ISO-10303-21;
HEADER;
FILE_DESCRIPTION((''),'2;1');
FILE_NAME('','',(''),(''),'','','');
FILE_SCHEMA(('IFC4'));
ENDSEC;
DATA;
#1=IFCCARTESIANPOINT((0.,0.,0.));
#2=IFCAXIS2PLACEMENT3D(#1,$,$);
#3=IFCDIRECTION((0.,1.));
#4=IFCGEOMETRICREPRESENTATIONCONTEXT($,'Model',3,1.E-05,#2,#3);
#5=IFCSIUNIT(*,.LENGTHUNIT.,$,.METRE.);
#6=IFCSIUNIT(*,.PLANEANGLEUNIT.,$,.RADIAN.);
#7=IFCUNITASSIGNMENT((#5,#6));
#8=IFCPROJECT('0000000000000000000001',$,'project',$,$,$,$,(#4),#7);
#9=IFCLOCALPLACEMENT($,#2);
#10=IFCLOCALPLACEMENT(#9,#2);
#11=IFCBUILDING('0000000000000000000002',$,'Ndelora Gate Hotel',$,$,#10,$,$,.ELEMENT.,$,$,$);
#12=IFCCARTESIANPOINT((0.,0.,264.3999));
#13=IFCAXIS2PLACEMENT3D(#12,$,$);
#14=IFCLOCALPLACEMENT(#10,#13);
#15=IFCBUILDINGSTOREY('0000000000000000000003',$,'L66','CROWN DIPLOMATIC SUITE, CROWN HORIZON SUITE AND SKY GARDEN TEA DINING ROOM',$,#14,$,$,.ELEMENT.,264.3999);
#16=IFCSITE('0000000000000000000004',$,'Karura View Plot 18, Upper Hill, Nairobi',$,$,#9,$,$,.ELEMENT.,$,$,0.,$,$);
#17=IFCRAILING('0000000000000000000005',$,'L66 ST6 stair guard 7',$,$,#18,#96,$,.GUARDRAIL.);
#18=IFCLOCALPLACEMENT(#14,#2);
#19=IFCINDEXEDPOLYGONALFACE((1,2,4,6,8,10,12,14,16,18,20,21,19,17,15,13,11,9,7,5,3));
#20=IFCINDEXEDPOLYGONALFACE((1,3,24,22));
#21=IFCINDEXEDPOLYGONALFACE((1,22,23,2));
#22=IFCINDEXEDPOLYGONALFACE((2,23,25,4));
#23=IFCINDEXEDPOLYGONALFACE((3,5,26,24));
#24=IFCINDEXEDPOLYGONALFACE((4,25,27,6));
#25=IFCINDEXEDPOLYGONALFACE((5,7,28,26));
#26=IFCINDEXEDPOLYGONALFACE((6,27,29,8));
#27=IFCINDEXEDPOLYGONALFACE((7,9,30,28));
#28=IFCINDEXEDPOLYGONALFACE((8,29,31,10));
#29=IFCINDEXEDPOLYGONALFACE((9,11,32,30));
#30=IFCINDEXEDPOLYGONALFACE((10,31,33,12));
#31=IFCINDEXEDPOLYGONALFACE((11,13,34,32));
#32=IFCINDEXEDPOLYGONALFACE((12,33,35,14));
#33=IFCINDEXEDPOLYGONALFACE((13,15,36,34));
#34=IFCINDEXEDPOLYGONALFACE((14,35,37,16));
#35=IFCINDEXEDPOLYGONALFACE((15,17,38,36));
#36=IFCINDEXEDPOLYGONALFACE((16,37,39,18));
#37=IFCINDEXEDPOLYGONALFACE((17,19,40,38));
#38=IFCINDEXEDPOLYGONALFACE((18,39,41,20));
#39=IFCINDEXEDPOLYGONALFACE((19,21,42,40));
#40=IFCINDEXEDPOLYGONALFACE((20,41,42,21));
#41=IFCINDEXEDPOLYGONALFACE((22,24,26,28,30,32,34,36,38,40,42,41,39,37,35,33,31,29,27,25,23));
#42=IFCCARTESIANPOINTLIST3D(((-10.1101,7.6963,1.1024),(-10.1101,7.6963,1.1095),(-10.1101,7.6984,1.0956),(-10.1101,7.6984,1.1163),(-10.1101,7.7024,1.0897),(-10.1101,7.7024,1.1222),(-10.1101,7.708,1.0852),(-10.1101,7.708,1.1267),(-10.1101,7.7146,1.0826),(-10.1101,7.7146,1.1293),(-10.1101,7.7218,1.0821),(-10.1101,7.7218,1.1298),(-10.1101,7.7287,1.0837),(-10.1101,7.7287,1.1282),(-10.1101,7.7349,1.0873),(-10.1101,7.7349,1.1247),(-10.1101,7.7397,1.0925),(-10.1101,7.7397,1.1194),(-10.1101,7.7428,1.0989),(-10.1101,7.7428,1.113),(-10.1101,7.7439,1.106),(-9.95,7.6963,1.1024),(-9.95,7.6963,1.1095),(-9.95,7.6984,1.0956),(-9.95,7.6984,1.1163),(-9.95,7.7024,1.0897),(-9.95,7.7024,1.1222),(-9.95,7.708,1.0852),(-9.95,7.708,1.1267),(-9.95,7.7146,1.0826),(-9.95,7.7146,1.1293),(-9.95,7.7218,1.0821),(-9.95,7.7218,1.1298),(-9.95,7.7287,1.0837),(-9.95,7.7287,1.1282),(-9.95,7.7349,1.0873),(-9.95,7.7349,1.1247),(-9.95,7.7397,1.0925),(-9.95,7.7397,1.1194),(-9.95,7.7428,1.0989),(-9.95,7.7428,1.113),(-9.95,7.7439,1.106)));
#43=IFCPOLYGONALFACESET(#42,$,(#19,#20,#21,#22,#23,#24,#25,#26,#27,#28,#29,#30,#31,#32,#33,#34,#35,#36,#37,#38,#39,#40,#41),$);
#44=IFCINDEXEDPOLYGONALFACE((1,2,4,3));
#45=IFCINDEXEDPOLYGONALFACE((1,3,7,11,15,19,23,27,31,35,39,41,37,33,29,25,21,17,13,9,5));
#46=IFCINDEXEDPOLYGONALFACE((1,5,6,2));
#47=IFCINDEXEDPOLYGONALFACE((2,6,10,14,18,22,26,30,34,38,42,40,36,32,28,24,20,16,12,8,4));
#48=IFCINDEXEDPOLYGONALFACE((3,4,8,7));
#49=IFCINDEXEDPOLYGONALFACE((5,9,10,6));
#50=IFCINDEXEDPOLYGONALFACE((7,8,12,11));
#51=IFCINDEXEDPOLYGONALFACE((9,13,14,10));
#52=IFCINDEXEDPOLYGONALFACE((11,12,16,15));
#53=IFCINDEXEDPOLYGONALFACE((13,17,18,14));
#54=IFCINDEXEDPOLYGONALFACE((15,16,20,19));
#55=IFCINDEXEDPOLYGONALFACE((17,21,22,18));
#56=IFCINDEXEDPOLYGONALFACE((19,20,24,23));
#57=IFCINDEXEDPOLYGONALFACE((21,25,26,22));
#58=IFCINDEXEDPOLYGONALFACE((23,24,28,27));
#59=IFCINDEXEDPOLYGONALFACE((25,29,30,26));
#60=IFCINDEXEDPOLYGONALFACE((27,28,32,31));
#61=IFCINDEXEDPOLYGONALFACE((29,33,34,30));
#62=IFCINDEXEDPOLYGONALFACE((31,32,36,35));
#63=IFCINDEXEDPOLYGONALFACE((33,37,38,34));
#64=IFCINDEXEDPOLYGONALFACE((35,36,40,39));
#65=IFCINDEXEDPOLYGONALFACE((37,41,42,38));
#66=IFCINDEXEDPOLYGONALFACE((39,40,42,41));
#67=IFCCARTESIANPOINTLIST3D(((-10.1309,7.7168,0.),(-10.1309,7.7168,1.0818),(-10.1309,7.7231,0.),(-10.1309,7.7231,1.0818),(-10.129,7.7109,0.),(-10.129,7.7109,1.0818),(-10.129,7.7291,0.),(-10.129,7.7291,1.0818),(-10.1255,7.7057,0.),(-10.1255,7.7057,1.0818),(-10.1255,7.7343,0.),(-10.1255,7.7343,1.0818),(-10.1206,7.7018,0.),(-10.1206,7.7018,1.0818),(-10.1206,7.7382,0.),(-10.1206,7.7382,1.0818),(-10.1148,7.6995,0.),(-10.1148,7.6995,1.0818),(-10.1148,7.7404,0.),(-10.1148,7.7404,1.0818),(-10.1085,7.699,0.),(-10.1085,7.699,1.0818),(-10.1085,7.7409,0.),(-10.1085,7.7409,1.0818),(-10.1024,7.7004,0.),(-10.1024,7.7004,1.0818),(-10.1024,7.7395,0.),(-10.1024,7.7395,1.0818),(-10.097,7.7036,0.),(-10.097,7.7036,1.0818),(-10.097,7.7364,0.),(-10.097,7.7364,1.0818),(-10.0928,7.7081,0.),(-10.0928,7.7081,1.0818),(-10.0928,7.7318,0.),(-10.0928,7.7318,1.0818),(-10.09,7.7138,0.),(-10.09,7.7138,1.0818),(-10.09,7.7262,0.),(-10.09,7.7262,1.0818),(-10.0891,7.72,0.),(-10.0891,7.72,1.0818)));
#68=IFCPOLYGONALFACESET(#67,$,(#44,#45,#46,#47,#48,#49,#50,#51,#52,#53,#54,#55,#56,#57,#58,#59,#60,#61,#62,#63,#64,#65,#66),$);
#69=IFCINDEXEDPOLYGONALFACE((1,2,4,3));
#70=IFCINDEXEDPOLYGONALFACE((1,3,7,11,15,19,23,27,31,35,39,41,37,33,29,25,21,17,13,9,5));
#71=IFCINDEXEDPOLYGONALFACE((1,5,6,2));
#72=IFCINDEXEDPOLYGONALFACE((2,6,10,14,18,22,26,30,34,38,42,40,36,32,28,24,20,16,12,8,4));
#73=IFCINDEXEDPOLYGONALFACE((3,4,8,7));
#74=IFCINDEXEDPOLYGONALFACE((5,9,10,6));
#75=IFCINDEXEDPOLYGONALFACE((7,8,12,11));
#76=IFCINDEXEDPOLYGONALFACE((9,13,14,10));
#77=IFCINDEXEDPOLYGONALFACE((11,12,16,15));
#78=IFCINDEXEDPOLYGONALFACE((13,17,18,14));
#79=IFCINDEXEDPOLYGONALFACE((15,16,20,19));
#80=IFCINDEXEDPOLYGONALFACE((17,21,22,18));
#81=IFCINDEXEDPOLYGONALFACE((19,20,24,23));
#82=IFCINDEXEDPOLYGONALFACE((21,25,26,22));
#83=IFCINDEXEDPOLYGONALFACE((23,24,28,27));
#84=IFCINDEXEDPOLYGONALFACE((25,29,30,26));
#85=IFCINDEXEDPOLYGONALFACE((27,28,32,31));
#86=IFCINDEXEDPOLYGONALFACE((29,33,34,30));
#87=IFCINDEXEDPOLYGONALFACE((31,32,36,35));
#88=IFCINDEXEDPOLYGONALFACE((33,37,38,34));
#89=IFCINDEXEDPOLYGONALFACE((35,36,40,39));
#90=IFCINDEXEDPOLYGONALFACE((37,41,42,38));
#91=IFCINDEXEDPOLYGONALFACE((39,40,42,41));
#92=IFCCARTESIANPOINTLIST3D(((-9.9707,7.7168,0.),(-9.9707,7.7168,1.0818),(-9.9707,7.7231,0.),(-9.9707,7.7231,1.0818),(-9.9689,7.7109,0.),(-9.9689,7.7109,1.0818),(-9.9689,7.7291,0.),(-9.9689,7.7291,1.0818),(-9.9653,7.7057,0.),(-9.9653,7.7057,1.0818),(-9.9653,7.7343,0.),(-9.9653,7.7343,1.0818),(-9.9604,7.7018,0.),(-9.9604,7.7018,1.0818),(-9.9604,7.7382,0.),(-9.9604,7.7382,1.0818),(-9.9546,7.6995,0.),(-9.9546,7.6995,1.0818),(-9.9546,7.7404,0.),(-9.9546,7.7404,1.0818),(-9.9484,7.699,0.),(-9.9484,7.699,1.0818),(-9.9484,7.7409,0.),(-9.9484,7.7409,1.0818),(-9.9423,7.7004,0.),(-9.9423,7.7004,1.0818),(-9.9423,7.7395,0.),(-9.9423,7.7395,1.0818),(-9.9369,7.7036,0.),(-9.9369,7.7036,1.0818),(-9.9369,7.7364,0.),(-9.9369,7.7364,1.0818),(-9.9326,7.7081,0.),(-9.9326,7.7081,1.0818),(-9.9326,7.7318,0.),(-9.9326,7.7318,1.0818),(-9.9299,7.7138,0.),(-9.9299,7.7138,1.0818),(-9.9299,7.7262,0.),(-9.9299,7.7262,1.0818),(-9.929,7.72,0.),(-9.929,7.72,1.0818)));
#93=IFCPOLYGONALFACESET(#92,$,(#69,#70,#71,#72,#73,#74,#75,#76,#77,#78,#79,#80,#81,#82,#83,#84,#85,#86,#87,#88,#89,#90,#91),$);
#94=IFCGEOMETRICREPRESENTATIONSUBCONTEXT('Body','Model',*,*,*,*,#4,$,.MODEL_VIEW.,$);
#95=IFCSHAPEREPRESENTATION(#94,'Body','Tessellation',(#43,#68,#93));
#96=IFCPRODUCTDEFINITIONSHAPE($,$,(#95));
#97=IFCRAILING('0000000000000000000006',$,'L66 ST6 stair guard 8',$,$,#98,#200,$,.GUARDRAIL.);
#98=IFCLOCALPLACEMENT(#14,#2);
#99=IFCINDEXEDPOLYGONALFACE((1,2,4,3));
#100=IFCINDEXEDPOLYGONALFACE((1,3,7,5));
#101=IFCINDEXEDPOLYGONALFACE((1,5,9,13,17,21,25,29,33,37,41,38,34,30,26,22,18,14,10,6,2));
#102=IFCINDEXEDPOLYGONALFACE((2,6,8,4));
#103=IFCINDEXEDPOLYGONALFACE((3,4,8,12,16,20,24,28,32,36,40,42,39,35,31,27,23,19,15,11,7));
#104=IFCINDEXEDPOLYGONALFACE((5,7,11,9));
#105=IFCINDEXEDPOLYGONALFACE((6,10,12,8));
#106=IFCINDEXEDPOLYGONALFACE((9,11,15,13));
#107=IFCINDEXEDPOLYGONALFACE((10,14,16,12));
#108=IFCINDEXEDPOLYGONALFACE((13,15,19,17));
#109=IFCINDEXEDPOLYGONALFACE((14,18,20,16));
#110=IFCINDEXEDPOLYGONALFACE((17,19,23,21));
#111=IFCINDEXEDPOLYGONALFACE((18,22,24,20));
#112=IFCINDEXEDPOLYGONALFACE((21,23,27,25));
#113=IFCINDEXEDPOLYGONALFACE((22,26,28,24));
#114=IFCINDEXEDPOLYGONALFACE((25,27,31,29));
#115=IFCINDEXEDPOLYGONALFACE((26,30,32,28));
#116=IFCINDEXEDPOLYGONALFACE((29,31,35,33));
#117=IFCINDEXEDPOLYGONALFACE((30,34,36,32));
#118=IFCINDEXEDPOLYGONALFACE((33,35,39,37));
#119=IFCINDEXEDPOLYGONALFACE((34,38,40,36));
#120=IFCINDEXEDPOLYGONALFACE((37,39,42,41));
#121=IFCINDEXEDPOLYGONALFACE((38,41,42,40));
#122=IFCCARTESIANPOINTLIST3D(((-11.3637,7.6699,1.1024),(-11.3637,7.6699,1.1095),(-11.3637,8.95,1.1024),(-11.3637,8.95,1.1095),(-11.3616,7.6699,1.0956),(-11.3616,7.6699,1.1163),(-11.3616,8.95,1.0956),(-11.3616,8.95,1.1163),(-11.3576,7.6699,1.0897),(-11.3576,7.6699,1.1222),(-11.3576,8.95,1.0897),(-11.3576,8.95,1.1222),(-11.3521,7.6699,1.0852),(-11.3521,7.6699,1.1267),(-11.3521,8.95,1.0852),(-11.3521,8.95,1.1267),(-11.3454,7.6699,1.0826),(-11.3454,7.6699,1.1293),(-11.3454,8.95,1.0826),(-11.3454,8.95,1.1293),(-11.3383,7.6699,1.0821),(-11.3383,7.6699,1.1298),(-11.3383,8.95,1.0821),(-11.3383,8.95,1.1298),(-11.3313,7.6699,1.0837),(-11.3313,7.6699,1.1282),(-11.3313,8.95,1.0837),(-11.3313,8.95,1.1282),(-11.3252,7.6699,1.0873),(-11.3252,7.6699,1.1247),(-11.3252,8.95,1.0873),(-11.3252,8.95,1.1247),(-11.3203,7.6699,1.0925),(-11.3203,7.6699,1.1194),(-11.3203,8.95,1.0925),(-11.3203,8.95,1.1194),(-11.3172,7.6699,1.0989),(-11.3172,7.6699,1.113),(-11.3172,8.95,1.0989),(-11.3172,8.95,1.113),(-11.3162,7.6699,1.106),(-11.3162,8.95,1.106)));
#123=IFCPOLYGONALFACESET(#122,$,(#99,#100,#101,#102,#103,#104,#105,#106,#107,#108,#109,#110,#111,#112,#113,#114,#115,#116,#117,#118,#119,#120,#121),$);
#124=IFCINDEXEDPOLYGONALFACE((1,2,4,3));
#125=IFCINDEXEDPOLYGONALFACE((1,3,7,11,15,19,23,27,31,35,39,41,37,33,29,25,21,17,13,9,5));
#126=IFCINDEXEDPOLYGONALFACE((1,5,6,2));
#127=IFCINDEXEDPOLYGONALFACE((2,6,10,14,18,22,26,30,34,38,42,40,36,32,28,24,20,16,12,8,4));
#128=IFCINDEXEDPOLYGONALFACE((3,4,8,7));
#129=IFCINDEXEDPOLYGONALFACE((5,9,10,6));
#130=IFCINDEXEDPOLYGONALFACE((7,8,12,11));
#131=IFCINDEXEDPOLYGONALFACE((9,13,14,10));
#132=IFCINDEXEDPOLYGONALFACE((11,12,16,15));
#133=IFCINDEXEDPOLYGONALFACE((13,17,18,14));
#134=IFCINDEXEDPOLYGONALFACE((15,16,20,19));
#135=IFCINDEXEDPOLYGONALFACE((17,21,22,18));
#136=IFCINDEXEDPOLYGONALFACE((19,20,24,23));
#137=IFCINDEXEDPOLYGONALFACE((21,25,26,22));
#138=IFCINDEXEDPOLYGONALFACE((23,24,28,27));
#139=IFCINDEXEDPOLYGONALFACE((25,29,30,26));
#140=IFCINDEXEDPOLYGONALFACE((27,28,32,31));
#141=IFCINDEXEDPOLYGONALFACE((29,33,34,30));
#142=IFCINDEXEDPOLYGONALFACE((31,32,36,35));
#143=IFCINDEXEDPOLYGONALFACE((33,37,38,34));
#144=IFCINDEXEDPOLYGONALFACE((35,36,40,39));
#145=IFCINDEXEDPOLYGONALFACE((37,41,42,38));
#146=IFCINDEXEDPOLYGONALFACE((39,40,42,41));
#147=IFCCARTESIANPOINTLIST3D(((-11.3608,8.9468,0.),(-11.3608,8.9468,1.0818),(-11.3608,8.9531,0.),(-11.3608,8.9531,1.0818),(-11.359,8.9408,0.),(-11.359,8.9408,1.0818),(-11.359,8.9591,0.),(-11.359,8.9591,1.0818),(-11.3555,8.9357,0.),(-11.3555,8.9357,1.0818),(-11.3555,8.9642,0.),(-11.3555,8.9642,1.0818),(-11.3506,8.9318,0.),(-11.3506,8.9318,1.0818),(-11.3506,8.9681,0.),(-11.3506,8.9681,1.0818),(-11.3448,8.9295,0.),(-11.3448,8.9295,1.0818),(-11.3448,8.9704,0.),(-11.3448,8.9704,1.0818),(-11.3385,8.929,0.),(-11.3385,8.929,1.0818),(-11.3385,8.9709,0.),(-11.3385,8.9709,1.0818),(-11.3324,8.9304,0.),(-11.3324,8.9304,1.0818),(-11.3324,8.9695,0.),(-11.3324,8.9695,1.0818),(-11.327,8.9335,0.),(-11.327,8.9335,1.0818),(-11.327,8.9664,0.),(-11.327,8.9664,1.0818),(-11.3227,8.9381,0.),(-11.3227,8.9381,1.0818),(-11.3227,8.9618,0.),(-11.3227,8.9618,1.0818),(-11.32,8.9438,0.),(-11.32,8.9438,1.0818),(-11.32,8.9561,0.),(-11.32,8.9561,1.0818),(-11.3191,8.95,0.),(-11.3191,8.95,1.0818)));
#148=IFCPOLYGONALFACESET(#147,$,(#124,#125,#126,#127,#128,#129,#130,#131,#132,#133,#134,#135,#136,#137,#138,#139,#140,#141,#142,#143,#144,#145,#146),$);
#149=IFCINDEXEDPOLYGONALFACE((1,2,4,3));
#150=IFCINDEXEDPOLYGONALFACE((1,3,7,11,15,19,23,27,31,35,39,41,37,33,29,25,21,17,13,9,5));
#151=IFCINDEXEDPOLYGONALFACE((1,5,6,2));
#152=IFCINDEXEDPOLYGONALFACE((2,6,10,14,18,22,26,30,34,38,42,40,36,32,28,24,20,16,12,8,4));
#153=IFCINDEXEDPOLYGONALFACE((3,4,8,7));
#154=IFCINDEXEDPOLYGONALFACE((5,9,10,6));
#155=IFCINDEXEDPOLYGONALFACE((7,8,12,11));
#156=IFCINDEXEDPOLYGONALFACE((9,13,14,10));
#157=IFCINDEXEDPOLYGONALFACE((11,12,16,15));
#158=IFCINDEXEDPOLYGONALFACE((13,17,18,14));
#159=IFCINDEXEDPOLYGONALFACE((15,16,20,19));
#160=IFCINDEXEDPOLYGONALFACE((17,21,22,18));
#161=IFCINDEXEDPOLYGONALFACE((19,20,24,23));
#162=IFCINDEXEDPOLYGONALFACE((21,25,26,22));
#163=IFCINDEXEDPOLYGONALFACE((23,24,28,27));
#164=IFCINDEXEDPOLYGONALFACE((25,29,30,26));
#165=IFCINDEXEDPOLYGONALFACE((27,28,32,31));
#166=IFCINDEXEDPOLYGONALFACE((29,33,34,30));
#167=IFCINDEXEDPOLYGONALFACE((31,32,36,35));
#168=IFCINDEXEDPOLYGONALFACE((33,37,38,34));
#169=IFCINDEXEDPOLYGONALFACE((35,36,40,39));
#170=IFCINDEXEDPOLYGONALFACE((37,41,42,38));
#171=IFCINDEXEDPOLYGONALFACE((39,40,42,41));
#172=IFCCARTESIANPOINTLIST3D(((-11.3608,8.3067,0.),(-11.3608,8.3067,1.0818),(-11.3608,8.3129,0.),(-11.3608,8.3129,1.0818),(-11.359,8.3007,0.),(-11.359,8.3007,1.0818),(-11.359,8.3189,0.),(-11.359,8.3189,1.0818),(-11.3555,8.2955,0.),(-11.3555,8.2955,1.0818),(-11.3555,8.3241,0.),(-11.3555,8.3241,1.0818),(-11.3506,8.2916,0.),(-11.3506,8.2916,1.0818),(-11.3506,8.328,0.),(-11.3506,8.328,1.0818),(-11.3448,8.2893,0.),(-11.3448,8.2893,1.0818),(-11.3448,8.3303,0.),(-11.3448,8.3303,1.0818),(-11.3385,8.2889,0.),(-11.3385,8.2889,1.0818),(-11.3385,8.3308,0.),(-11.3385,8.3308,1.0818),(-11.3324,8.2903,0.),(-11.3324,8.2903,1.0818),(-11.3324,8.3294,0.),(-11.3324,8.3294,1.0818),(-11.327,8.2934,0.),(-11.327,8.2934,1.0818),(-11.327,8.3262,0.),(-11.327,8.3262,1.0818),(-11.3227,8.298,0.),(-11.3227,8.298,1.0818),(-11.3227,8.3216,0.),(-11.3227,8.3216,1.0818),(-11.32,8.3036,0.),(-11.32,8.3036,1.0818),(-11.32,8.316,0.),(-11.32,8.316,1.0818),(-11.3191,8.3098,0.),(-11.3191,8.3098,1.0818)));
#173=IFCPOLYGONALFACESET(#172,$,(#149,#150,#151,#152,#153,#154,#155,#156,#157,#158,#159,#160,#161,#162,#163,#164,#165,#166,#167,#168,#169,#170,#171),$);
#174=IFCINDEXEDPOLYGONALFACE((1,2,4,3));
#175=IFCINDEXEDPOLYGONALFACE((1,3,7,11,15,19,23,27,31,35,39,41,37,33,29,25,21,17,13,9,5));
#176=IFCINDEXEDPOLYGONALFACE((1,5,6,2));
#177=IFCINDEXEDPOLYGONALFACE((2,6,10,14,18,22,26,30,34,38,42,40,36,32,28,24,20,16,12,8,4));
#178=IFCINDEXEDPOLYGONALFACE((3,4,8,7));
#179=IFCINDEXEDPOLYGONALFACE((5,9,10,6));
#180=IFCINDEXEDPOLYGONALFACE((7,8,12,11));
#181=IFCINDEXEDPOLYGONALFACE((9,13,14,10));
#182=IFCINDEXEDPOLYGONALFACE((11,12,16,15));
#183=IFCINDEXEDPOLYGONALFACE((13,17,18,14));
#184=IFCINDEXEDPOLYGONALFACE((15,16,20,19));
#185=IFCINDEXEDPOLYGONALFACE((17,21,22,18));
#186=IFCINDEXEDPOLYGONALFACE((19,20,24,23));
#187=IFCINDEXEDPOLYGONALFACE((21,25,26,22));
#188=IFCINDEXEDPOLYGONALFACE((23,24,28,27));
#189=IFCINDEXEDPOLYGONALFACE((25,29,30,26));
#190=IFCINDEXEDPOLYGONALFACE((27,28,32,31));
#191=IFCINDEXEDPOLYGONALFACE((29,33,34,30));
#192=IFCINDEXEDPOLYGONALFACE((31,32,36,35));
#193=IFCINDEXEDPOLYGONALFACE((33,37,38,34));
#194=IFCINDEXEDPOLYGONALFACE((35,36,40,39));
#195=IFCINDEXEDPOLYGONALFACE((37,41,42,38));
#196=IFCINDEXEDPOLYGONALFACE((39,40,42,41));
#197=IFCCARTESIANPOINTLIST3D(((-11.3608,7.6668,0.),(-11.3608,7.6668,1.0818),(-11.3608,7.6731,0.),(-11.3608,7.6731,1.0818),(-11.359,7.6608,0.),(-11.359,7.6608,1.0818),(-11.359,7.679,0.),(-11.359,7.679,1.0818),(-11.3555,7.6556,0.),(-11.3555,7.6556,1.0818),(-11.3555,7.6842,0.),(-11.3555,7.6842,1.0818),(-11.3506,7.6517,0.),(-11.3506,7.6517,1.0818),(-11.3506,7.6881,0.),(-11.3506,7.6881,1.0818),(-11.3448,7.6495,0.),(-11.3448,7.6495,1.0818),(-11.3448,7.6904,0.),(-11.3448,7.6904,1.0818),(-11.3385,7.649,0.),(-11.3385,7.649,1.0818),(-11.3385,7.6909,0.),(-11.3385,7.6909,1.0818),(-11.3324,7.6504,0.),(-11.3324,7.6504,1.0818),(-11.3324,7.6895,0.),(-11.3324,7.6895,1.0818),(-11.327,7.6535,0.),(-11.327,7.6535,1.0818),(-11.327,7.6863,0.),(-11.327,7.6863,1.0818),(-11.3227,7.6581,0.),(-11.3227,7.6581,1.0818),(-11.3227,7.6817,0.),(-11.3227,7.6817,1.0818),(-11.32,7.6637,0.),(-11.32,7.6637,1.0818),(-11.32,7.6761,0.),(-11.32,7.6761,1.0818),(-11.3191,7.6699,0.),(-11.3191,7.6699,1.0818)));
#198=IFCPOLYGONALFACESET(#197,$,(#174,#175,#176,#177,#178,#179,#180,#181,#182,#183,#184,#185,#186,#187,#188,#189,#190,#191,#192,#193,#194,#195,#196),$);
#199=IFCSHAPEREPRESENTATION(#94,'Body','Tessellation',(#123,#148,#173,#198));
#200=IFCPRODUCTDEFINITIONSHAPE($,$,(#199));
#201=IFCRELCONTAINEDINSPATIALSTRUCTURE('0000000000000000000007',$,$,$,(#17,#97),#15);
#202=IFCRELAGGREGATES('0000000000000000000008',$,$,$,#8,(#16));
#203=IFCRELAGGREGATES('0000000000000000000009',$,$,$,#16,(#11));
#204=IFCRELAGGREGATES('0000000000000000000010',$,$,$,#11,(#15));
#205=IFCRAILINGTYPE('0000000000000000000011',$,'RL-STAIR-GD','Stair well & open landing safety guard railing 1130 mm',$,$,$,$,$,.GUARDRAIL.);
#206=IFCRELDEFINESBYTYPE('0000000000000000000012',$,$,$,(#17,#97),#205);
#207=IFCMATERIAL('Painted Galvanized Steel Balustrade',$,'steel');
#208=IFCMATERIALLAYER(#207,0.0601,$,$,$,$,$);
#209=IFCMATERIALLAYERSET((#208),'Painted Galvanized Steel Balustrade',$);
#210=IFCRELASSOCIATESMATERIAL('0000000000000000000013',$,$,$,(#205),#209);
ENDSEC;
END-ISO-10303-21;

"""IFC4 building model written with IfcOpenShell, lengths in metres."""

from ifc_helpers import new_model, si_unit, direction, frame, origin, origin_2d, place, context, subcontext, project, spatial, circle, extrude, material, layer, layer_set, type_object, element, save


model = new_model("IFC4")

# Units and contexts
model_context = context("Model", 3, precision=1e-05, world=origin(), true_north=direction((0.0, 1.0)))
body_context = subcontext(model_context, "Body", "Model", "MODEL_VIEW")
ifc_project = project(units=[si_unit("LENGTHUNIT", "METRE"), si_unit("PLANEANGLEUNIT", "RADIAN")], contexts=[model_context])

# Site, building, storey
site_placement = place(None, origin())
site = spatial("IfcSite", under=ifc_project, at=site_placement, Name="Karura View Plot 18, Upper Hill, Nairobi", CompositionType="ELEMENT", RefElevation=0.0)
building_placement = place(site_placement, origin())
building = spatial("IfcBuilding", under=site, at=building_placement, Name="Ndelora Gate Hotel", CompositionType="ELEMENT")
storey_placement = place(building_placement, frame((0.0, 0.0, 264.3999)))
storey = spatial("IfcBuildingStorey", under=building, at=storey_placement, Name="L66", Description="CROWN DIPLOMATIC SUITE, CROWN HORIZON SUITE AND SKY GARDEN TEA DINING ROOM", CompositionType="ELEMENT", Elevation=264.3999)

# Railings
ifc_material_1 = material(Name="Painted Galvanized Steel Balustrade", Category="steel")
ifc_layer_1 = layer(ifc_material_1, 0.0601)
ifc_layer_set_1 = layer_set([ifc_layer_1], Name="Painted Galvanized Steel Balustrade")
railing_type_1 = type_object("IfcRailingType", Name="RL-STAIR-GD", Description="Stair well & open landing safety guard railing 1130 mm", PredefinedType="GUARDRAIL", material=ifc_layer_set_1)
railing_1_placement = place(storey_placement, frame((-10.1101, 7.72, 0.0)))
element("IfcRailing", 1, at=railing_1_placement, inside=storey, type_object=railing_type_1, Name="L66 ST6 stair guard 7", PredefinedType="GUARDRAIL", context=body_context, shape_type="SweptSolid", body=[
    extrude(circle(Radius=0.0239, at=origin_2d()), frame((0.0, 0.0, 1.106), z_axis=(1.0, 0.0, 0.0), x_axis=(0.0, 1.0, 0.0)), (0.0, 0.0, 1.0), 0.1602),
    extrude(circle(Radius=0.021, at=origin_2d()), origin(), (0.0, 0.0, 1.0), 1.0818),
    extrude(circle(Radius=0.021, at=origin_2d()), frame((0.1602, 0.0, 0.0)), (0.0, 0.0, 1.0), 1.0818),
])
railing_2_placement = place(storey_placement, frame((-11.3401, 8.95, 0.0)))
element("IfcRailing", 2, at=railing_2_placement, inside=storey, type_object=railing_type_1, Name="L66 ST6 stair guard 8", PredefinedType="GUARDRAIL", context=body_context, shape_type="SweptSolid", body=[
    extrude(circle(Radius=0.0239, at=origin_2d()), frame((0.0, 0.0, 1.106), z_axis=(0.0, -1.0, 0.0), x_axis=(1.0, 0.0, 0.0)), (0.0, 0.0, 1.0), 1.28),
    extrude(circle(Radius=0.021, at=origin_2d()), origin(), (0.0, 0.0, 1.0), 1.0818),
    extrude(circle(Radius=0.021, at=origin_2d()), frame((0.0, -0.6401, 0.0)), (0.0, 0.0, 1.0), 1.0818),
    extrude(circle(Radius=0.021, at=origin_2d()), frame((0.0, -1.28, 0.0)), (0.0, 0.0, 1.0), 1.0818),
])

save(model, "model.ifc")
